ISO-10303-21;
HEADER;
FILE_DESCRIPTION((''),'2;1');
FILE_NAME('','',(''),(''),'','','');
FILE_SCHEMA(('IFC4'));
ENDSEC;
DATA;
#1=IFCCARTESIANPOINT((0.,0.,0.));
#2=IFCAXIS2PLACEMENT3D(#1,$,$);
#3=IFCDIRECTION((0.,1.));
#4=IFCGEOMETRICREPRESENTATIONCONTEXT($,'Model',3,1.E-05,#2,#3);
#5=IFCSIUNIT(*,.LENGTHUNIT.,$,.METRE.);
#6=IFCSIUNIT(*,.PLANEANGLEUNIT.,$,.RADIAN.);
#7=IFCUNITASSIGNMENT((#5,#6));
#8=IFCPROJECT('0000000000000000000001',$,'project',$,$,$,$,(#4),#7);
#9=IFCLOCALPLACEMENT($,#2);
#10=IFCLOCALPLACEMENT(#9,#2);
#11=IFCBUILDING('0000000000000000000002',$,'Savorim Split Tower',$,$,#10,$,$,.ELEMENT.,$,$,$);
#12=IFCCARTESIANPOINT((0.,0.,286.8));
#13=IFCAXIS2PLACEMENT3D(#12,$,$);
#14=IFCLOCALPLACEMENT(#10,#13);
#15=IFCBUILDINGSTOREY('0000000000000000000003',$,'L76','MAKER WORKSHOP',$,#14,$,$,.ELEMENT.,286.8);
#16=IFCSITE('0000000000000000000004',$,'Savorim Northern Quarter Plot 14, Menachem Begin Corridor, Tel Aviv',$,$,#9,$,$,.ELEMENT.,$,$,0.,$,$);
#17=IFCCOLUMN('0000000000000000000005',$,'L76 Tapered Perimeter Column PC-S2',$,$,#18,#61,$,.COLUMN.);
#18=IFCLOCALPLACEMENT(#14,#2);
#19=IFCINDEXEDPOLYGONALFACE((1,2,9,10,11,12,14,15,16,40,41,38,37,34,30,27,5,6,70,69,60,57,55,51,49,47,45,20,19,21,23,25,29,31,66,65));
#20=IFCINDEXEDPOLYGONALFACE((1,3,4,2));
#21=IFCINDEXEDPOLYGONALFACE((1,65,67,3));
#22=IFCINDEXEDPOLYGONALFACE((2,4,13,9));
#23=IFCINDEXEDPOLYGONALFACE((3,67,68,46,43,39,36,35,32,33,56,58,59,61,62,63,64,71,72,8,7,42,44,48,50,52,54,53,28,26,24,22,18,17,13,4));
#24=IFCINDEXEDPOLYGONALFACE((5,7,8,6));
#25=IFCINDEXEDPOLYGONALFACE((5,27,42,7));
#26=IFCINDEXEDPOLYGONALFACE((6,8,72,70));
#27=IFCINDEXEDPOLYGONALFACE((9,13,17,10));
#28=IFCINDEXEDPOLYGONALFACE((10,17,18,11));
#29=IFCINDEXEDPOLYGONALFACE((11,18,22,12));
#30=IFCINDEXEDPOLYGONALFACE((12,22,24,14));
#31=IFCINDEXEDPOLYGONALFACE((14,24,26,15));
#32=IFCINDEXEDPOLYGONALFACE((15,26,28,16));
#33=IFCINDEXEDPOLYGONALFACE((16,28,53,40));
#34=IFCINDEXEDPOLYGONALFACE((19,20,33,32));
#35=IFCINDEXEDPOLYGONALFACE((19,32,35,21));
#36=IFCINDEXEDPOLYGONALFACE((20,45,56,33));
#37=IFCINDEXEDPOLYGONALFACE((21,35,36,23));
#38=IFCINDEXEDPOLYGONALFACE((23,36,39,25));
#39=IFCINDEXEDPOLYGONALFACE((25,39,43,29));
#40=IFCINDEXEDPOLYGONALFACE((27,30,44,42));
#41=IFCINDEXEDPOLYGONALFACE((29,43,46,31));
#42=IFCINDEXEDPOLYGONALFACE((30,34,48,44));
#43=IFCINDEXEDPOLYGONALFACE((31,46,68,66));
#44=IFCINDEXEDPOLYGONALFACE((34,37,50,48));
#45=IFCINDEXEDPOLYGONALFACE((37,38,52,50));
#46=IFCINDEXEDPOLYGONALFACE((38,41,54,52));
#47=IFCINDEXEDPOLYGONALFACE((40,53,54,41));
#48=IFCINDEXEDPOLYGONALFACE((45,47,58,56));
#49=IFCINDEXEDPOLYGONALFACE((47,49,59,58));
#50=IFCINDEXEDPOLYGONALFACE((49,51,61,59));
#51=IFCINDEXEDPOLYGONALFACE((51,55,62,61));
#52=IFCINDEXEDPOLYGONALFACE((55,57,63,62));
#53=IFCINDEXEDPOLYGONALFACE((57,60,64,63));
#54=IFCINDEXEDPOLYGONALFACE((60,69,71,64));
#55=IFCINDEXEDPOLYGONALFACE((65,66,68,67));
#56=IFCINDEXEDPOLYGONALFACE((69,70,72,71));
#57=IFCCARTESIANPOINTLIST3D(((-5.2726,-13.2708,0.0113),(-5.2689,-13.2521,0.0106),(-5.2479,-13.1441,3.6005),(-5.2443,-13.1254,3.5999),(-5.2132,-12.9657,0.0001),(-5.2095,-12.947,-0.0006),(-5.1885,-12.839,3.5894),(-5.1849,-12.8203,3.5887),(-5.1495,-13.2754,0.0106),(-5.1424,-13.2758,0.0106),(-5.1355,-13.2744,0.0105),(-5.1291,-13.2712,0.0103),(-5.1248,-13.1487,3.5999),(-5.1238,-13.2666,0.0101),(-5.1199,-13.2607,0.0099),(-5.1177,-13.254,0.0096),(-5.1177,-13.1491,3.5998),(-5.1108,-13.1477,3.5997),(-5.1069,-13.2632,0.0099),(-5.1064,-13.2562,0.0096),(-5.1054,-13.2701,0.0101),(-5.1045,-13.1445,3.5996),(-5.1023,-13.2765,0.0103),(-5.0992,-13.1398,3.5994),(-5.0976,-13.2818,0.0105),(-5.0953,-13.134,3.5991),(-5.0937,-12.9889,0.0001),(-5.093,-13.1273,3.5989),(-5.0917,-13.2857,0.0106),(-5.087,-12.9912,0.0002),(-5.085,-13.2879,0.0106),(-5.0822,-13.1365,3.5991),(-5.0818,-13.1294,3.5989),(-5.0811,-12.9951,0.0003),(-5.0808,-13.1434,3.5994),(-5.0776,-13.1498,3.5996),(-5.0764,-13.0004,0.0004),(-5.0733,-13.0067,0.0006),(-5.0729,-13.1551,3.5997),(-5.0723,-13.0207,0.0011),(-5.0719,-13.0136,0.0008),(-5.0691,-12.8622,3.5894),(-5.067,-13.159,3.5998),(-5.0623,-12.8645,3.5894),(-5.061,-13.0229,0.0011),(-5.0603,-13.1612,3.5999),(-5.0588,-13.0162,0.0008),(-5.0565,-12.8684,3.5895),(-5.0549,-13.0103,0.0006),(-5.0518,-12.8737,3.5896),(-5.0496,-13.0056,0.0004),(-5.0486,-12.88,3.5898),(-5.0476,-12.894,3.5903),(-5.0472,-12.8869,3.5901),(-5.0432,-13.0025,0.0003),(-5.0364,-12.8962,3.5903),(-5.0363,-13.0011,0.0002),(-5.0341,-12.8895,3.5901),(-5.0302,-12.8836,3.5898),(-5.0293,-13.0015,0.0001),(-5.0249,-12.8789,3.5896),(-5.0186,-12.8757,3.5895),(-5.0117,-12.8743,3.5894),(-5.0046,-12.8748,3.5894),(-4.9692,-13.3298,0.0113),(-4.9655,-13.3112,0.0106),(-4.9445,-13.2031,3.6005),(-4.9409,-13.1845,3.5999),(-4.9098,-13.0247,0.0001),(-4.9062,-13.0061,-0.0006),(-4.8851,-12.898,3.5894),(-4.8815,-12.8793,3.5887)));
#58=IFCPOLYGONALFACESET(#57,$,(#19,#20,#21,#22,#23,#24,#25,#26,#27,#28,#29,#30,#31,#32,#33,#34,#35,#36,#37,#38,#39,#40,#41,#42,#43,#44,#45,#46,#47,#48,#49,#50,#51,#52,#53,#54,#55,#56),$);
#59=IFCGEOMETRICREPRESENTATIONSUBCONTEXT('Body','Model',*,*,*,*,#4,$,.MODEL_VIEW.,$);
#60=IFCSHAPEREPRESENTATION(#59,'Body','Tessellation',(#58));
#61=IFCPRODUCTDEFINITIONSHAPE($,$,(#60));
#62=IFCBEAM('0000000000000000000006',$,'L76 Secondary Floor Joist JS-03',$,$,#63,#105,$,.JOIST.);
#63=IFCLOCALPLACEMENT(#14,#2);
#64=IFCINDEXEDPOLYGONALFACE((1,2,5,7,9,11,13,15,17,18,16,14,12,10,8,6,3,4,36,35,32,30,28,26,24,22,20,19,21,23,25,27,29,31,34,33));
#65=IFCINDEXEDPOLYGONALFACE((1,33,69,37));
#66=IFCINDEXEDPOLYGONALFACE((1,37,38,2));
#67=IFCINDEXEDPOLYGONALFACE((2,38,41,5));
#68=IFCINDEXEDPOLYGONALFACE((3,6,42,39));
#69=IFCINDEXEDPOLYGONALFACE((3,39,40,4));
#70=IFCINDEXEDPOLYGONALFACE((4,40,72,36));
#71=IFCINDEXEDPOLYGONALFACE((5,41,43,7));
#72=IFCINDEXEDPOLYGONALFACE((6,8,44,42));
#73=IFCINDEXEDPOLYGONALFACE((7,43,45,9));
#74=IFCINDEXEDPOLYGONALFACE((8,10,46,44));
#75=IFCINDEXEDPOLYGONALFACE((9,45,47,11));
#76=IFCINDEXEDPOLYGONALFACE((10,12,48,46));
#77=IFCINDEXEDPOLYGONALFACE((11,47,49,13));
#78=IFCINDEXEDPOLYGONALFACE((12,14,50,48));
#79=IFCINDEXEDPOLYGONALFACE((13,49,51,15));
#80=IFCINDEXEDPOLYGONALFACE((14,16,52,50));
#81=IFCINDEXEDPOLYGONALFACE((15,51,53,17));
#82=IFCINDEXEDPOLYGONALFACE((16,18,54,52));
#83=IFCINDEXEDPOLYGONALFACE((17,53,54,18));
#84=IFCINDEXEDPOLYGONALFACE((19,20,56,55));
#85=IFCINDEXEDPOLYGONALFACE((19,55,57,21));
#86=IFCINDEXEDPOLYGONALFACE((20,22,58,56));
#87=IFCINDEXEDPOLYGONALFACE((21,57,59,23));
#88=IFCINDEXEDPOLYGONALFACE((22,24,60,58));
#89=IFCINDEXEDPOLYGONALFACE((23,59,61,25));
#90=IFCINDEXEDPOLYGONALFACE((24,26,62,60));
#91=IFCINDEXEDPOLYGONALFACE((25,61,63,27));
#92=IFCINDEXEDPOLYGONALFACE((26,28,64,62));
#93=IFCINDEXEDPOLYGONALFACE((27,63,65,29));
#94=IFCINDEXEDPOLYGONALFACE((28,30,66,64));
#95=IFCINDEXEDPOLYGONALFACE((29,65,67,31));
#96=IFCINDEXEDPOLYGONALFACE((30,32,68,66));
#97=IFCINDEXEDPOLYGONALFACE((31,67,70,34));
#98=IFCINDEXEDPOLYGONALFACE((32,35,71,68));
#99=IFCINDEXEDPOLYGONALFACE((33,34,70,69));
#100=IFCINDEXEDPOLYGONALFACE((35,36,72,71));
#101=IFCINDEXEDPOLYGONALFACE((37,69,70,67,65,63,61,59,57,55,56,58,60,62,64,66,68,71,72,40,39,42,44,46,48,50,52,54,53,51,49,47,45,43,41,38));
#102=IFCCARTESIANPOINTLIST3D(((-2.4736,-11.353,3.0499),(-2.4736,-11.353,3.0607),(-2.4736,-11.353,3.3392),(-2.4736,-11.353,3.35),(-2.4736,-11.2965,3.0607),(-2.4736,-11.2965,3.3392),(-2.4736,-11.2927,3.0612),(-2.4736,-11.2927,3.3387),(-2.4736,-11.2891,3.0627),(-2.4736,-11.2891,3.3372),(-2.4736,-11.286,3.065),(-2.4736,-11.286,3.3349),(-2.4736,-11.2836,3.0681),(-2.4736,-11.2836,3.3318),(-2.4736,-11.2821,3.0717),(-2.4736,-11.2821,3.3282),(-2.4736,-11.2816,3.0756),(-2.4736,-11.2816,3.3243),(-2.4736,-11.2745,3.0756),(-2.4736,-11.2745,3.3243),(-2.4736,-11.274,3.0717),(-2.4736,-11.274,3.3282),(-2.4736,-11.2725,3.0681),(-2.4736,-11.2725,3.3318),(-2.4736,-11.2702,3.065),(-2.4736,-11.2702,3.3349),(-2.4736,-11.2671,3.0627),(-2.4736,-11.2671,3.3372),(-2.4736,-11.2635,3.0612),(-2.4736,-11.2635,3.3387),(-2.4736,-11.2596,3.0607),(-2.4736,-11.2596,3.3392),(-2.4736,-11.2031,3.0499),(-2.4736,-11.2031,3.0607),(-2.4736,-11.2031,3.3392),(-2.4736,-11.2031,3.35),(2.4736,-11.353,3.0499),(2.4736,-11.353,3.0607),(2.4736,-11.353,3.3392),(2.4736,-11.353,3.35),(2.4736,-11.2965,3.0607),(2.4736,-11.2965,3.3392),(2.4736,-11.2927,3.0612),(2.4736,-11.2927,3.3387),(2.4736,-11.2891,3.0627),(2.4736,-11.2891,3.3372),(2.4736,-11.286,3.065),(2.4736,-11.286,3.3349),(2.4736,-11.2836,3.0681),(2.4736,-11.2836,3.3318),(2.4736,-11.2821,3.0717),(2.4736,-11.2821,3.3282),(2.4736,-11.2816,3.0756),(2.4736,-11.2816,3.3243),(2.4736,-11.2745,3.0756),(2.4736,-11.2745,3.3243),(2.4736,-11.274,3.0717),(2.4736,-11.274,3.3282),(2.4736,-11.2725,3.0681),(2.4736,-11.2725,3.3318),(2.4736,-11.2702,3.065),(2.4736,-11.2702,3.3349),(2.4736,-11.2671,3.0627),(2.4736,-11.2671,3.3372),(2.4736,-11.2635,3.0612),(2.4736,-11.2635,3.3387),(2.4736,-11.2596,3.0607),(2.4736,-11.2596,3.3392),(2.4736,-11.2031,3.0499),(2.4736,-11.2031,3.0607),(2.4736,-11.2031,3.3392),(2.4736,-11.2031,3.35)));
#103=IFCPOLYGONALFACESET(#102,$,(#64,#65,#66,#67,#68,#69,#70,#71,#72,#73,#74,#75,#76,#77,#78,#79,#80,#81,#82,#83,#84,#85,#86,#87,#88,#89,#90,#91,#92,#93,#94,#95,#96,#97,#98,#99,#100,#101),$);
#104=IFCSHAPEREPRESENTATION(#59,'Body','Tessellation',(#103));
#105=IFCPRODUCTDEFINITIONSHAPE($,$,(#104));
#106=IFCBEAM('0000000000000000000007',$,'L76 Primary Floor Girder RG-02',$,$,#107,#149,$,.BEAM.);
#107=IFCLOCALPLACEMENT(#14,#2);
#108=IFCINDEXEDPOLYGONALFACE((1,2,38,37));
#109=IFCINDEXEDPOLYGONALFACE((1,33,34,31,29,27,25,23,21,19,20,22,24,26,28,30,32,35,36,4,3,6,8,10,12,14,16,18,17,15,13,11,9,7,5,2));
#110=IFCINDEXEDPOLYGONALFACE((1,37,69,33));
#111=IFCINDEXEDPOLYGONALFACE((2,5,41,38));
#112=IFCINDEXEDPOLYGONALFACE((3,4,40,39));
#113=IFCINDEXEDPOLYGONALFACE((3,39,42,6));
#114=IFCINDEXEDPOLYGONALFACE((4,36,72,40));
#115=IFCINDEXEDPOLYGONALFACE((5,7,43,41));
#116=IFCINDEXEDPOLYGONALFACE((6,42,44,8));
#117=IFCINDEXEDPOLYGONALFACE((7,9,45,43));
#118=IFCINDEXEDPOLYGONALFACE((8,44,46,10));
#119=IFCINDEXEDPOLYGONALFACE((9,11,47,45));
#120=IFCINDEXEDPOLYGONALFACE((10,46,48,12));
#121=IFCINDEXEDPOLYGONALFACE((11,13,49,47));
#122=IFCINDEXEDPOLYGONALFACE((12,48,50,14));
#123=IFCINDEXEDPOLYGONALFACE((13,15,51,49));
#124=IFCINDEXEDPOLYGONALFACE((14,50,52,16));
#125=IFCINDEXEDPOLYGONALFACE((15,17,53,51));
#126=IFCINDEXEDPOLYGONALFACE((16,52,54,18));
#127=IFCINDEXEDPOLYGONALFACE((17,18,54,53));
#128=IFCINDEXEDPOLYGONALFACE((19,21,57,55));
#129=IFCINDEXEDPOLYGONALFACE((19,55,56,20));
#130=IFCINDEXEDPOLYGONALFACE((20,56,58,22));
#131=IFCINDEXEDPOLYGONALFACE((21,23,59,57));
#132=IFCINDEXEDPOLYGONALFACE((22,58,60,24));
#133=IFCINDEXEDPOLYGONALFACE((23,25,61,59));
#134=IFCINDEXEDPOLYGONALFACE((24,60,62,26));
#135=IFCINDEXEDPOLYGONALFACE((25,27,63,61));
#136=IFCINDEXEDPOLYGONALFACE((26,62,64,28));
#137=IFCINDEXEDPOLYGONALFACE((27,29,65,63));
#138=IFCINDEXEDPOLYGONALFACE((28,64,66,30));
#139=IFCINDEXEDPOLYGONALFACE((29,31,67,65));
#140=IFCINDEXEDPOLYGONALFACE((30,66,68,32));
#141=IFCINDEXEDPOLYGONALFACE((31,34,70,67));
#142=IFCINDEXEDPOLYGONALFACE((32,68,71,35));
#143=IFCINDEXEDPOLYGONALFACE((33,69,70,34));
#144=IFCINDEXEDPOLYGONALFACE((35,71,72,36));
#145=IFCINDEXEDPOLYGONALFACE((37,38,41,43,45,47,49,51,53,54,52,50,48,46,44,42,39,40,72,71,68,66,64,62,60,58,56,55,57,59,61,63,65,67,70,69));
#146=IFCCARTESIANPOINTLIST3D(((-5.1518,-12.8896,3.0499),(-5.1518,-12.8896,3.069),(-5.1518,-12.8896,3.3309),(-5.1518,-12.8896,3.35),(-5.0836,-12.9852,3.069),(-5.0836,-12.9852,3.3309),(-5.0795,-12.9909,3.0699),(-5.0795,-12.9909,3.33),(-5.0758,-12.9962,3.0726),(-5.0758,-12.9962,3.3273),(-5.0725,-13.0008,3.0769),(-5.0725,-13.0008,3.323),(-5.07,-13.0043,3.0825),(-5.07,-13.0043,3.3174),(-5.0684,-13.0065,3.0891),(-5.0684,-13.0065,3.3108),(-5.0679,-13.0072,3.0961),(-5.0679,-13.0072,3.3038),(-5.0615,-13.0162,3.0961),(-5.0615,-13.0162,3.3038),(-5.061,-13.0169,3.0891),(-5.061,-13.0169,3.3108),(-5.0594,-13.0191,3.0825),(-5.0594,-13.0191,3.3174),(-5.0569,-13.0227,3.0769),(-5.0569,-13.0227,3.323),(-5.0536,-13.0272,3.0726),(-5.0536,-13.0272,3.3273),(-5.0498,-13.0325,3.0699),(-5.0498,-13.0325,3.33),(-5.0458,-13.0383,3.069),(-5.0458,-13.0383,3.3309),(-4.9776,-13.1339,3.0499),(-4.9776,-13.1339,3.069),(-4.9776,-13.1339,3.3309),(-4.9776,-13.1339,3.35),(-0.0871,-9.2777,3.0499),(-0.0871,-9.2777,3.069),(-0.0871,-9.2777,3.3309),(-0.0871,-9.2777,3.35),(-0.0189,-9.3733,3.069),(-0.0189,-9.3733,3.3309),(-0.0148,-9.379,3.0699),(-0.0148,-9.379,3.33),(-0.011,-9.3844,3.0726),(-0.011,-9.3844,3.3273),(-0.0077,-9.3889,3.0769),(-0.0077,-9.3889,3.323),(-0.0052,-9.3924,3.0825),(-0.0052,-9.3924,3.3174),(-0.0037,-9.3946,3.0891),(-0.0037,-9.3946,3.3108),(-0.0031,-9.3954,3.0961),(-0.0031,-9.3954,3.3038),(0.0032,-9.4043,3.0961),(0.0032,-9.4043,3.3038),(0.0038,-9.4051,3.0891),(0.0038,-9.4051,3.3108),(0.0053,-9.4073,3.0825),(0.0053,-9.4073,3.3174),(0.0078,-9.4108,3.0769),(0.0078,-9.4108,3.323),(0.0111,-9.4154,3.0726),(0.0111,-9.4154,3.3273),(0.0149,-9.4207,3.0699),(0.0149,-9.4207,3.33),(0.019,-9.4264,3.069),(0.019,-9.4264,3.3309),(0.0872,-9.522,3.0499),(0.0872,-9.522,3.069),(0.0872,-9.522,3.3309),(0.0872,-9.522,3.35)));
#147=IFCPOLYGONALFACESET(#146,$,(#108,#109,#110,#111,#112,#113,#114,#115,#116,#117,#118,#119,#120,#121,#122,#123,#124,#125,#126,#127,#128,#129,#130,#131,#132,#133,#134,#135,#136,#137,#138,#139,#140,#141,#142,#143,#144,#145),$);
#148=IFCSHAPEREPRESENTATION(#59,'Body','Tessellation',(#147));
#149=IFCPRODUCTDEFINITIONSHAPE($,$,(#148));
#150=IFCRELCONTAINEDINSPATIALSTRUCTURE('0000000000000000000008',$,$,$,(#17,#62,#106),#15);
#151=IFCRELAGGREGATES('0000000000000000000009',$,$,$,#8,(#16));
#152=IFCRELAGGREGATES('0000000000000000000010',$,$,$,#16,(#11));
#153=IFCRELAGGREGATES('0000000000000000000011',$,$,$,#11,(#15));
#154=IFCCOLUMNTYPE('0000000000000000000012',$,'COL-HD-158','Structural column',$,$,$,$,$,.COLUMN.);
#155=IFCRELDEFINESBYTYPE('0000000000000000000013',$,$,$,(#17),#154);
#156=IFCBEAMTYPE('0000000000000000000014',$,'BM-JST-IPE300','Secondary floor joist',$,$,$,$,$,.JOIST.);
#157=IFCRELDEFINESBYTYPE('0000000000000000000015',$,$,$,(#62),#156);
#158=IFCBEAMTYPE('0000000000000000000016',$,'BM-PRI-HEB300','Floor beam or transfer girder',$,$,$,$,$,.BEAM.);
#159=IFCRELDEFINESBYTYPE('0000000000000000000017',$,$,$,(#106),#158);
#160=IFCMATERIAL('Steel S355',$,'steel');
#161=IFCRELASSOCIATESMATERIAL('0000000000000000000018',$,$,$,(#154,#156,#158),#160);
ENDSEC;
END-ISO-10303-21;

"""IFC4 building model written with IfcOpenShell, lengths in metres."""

from ifc_helpers import new_model, si_unit, direction, frame, origin, origin_2d, place, context, subcontext, project, spatial, i_section, extrude, material, material_profile, profile_set, type_object, element, save


model = new_model("IFC4")

# Units and contexts
model_context = context("Model", 3, precision=1e-05, world=origin(), true_north=direction((0.0, 1.0)))
body_context = subcontext(model_context, "Body", "Model", "MODEL_VIEW")
ifc_project = project(units=[si_unit("LENGTHUNIT", "METRE"), si_unit("PLANEANGLEUNIT", "RADIAN")], contexts=[model_context])

# Site, building, storey
site_placement = place(None, origin())
site = spatial("IfcSite", under=ifc_project, at=site_placement, Name="Savorim Northern Quarter Plot 14, Menachem Begin Corridor, Tel Aviv", CompositionType="ELEMENT", RefElevation=0.0)
building_placement = place(site_placement, origin())
building = spatial("IfcBuilding", under=site, at=building_placement, Name="Savorim Split Tower", CompositionType="ELEMENT")
storey_placement = place(building_placement, frame((0.0, 0.0, 286.8)))
storey = spatial("IfcBuildingStorey", under=building, at=storey_placement, Name="L76", Description="MAKER WORKSHOP", CompositionType="ELEMENT", Elevation=286.8)

# Column
ifc_material_1 = material(Name="Steel S355", Category="steel")
ifc_material_profile_1 = material_profile(ifc_material_1, i_section(OverallWidth=0.3091, OverallDepth=0.3301, WebThickness=0.0115, FlangeThickness=0.019, FilletRadius=0.0271, at=origin_2d()), Name="HD 320x158")
ifc_profile_set_1 = profile_set([ifc_material_profile_1], Name="Steel S355")
column_type = type_object("IfcColumnType", Name="COL-HD-158", Description="Structural column", PredefinedType="COLUMN", material=ifc_profile_set_1)
column_placement = place(storey_placement, frame((-5.0894, -13.1384, 0.0054), z_axis=(0.006866, 0.035281, 0.999354), x_axis=(-0.981586, 0.191022, 0.0)))
element("IfcColumn", 1, at=column_placement, inside=storey, type_object=column_type, Name="L76 Tapered Perimeter Column PC-S2", PredefinedType="COLUMN", context=body_context, shape_type="SweptSolid", body=[
    extrude(i_section(OverallWidth=0.3091, OverallDepth=0.3301, WebThickness=0.0115, FlangeThickness=0.019, FilletRadius=0.0271, at=origin_2d()), origin(), (0.0, 0.0, 1.0), 3.5916),
])

# Beams
ifc_material_profile_2 = material_profile(ifc_material_1, i_section(OverallWidth=0.1499, OverallDepth=0.3, WebThickness=0.0071, FlangeThickness=0.0107, FilletRadius=0.0149, at=origin_2d()), Name="IPE 300")
ifc_profile_set_2 = profile_set([ifc_material_profile_2], Name="Steel S355")
beam_type_1 = type_object("IfcBeamType", Name="BM-JST-IPE300", Description="Secondary floor joist", PredefinedType="JOIST", material=ifc_profile_set_2)
beam_1_placement = place(storey_placement, frame((-2.4736, -11.2781, 3.2), z_axis=(1.0, 0.0, 0.0), x_axis=(0.0, 1.0, 0.0)))
element("IfcBeam", 2, at=beam_1_placement, inside=storey, type_object=beam_type_1, Name="L76 Secondary Floor Joist JS-03", PredefinedType="JOIST", context=body_context, shape_type="SweptSolid", body=[
    extrude(i_section(OverallWidth=0.1499, OverallDepth=0.3, WebThickness=0.0071, FlangeThickness=0.0107, FilletRadius=0.0149, at=origin_2d()), origin(), (0.0, 0.0, 1.0), 4.9473),
])
ifc_material_profile_3 = material_profile(ifc_material_1, i_section(OverallWidth=0.3, OverallDepth=0.3, WebThickness=0.011, FlangeThickness=0.019, FilletRadius=0.0271, at=origin_2d()), Name="HEB 300")
ifc_profile_set_3 = profile_set([ifc_material_profile_3], Name="Steel S355")
beam_type_2 = type_object("IfcBeamType", Name="BM-PRI-HEB300", Description="Floor beam or transfer girder", PredefinedType="BEAM", material=ifc_profile_set_3)
beam_2_placement = place(storey_placement, frame((-5.0647, -13.0117, 3.2), z_axis=(0.814176, 0.580618, 0.0), x_axis=(-0.580618, 0.814176, 0.0)))
element("IfcBeam", 3, at=beam_2_placement, inside=storey, type_object=beam_type_2, Name="L76 Primary Floor Girder RG-02", PredefinedType="BEAM", context=body_context, shape_type="SweptSolid", body=[
    extrude(i_section(OverallWidth=0.3, OverallDepth=0.3, WebThickness=0.011, FlangeThickness=0.019, FilletRadius=0.0271, at=origin_2d()), origin(), (0.0, 0.0, 1.0), 6.2207),
])

save(model, "model.ifc")
